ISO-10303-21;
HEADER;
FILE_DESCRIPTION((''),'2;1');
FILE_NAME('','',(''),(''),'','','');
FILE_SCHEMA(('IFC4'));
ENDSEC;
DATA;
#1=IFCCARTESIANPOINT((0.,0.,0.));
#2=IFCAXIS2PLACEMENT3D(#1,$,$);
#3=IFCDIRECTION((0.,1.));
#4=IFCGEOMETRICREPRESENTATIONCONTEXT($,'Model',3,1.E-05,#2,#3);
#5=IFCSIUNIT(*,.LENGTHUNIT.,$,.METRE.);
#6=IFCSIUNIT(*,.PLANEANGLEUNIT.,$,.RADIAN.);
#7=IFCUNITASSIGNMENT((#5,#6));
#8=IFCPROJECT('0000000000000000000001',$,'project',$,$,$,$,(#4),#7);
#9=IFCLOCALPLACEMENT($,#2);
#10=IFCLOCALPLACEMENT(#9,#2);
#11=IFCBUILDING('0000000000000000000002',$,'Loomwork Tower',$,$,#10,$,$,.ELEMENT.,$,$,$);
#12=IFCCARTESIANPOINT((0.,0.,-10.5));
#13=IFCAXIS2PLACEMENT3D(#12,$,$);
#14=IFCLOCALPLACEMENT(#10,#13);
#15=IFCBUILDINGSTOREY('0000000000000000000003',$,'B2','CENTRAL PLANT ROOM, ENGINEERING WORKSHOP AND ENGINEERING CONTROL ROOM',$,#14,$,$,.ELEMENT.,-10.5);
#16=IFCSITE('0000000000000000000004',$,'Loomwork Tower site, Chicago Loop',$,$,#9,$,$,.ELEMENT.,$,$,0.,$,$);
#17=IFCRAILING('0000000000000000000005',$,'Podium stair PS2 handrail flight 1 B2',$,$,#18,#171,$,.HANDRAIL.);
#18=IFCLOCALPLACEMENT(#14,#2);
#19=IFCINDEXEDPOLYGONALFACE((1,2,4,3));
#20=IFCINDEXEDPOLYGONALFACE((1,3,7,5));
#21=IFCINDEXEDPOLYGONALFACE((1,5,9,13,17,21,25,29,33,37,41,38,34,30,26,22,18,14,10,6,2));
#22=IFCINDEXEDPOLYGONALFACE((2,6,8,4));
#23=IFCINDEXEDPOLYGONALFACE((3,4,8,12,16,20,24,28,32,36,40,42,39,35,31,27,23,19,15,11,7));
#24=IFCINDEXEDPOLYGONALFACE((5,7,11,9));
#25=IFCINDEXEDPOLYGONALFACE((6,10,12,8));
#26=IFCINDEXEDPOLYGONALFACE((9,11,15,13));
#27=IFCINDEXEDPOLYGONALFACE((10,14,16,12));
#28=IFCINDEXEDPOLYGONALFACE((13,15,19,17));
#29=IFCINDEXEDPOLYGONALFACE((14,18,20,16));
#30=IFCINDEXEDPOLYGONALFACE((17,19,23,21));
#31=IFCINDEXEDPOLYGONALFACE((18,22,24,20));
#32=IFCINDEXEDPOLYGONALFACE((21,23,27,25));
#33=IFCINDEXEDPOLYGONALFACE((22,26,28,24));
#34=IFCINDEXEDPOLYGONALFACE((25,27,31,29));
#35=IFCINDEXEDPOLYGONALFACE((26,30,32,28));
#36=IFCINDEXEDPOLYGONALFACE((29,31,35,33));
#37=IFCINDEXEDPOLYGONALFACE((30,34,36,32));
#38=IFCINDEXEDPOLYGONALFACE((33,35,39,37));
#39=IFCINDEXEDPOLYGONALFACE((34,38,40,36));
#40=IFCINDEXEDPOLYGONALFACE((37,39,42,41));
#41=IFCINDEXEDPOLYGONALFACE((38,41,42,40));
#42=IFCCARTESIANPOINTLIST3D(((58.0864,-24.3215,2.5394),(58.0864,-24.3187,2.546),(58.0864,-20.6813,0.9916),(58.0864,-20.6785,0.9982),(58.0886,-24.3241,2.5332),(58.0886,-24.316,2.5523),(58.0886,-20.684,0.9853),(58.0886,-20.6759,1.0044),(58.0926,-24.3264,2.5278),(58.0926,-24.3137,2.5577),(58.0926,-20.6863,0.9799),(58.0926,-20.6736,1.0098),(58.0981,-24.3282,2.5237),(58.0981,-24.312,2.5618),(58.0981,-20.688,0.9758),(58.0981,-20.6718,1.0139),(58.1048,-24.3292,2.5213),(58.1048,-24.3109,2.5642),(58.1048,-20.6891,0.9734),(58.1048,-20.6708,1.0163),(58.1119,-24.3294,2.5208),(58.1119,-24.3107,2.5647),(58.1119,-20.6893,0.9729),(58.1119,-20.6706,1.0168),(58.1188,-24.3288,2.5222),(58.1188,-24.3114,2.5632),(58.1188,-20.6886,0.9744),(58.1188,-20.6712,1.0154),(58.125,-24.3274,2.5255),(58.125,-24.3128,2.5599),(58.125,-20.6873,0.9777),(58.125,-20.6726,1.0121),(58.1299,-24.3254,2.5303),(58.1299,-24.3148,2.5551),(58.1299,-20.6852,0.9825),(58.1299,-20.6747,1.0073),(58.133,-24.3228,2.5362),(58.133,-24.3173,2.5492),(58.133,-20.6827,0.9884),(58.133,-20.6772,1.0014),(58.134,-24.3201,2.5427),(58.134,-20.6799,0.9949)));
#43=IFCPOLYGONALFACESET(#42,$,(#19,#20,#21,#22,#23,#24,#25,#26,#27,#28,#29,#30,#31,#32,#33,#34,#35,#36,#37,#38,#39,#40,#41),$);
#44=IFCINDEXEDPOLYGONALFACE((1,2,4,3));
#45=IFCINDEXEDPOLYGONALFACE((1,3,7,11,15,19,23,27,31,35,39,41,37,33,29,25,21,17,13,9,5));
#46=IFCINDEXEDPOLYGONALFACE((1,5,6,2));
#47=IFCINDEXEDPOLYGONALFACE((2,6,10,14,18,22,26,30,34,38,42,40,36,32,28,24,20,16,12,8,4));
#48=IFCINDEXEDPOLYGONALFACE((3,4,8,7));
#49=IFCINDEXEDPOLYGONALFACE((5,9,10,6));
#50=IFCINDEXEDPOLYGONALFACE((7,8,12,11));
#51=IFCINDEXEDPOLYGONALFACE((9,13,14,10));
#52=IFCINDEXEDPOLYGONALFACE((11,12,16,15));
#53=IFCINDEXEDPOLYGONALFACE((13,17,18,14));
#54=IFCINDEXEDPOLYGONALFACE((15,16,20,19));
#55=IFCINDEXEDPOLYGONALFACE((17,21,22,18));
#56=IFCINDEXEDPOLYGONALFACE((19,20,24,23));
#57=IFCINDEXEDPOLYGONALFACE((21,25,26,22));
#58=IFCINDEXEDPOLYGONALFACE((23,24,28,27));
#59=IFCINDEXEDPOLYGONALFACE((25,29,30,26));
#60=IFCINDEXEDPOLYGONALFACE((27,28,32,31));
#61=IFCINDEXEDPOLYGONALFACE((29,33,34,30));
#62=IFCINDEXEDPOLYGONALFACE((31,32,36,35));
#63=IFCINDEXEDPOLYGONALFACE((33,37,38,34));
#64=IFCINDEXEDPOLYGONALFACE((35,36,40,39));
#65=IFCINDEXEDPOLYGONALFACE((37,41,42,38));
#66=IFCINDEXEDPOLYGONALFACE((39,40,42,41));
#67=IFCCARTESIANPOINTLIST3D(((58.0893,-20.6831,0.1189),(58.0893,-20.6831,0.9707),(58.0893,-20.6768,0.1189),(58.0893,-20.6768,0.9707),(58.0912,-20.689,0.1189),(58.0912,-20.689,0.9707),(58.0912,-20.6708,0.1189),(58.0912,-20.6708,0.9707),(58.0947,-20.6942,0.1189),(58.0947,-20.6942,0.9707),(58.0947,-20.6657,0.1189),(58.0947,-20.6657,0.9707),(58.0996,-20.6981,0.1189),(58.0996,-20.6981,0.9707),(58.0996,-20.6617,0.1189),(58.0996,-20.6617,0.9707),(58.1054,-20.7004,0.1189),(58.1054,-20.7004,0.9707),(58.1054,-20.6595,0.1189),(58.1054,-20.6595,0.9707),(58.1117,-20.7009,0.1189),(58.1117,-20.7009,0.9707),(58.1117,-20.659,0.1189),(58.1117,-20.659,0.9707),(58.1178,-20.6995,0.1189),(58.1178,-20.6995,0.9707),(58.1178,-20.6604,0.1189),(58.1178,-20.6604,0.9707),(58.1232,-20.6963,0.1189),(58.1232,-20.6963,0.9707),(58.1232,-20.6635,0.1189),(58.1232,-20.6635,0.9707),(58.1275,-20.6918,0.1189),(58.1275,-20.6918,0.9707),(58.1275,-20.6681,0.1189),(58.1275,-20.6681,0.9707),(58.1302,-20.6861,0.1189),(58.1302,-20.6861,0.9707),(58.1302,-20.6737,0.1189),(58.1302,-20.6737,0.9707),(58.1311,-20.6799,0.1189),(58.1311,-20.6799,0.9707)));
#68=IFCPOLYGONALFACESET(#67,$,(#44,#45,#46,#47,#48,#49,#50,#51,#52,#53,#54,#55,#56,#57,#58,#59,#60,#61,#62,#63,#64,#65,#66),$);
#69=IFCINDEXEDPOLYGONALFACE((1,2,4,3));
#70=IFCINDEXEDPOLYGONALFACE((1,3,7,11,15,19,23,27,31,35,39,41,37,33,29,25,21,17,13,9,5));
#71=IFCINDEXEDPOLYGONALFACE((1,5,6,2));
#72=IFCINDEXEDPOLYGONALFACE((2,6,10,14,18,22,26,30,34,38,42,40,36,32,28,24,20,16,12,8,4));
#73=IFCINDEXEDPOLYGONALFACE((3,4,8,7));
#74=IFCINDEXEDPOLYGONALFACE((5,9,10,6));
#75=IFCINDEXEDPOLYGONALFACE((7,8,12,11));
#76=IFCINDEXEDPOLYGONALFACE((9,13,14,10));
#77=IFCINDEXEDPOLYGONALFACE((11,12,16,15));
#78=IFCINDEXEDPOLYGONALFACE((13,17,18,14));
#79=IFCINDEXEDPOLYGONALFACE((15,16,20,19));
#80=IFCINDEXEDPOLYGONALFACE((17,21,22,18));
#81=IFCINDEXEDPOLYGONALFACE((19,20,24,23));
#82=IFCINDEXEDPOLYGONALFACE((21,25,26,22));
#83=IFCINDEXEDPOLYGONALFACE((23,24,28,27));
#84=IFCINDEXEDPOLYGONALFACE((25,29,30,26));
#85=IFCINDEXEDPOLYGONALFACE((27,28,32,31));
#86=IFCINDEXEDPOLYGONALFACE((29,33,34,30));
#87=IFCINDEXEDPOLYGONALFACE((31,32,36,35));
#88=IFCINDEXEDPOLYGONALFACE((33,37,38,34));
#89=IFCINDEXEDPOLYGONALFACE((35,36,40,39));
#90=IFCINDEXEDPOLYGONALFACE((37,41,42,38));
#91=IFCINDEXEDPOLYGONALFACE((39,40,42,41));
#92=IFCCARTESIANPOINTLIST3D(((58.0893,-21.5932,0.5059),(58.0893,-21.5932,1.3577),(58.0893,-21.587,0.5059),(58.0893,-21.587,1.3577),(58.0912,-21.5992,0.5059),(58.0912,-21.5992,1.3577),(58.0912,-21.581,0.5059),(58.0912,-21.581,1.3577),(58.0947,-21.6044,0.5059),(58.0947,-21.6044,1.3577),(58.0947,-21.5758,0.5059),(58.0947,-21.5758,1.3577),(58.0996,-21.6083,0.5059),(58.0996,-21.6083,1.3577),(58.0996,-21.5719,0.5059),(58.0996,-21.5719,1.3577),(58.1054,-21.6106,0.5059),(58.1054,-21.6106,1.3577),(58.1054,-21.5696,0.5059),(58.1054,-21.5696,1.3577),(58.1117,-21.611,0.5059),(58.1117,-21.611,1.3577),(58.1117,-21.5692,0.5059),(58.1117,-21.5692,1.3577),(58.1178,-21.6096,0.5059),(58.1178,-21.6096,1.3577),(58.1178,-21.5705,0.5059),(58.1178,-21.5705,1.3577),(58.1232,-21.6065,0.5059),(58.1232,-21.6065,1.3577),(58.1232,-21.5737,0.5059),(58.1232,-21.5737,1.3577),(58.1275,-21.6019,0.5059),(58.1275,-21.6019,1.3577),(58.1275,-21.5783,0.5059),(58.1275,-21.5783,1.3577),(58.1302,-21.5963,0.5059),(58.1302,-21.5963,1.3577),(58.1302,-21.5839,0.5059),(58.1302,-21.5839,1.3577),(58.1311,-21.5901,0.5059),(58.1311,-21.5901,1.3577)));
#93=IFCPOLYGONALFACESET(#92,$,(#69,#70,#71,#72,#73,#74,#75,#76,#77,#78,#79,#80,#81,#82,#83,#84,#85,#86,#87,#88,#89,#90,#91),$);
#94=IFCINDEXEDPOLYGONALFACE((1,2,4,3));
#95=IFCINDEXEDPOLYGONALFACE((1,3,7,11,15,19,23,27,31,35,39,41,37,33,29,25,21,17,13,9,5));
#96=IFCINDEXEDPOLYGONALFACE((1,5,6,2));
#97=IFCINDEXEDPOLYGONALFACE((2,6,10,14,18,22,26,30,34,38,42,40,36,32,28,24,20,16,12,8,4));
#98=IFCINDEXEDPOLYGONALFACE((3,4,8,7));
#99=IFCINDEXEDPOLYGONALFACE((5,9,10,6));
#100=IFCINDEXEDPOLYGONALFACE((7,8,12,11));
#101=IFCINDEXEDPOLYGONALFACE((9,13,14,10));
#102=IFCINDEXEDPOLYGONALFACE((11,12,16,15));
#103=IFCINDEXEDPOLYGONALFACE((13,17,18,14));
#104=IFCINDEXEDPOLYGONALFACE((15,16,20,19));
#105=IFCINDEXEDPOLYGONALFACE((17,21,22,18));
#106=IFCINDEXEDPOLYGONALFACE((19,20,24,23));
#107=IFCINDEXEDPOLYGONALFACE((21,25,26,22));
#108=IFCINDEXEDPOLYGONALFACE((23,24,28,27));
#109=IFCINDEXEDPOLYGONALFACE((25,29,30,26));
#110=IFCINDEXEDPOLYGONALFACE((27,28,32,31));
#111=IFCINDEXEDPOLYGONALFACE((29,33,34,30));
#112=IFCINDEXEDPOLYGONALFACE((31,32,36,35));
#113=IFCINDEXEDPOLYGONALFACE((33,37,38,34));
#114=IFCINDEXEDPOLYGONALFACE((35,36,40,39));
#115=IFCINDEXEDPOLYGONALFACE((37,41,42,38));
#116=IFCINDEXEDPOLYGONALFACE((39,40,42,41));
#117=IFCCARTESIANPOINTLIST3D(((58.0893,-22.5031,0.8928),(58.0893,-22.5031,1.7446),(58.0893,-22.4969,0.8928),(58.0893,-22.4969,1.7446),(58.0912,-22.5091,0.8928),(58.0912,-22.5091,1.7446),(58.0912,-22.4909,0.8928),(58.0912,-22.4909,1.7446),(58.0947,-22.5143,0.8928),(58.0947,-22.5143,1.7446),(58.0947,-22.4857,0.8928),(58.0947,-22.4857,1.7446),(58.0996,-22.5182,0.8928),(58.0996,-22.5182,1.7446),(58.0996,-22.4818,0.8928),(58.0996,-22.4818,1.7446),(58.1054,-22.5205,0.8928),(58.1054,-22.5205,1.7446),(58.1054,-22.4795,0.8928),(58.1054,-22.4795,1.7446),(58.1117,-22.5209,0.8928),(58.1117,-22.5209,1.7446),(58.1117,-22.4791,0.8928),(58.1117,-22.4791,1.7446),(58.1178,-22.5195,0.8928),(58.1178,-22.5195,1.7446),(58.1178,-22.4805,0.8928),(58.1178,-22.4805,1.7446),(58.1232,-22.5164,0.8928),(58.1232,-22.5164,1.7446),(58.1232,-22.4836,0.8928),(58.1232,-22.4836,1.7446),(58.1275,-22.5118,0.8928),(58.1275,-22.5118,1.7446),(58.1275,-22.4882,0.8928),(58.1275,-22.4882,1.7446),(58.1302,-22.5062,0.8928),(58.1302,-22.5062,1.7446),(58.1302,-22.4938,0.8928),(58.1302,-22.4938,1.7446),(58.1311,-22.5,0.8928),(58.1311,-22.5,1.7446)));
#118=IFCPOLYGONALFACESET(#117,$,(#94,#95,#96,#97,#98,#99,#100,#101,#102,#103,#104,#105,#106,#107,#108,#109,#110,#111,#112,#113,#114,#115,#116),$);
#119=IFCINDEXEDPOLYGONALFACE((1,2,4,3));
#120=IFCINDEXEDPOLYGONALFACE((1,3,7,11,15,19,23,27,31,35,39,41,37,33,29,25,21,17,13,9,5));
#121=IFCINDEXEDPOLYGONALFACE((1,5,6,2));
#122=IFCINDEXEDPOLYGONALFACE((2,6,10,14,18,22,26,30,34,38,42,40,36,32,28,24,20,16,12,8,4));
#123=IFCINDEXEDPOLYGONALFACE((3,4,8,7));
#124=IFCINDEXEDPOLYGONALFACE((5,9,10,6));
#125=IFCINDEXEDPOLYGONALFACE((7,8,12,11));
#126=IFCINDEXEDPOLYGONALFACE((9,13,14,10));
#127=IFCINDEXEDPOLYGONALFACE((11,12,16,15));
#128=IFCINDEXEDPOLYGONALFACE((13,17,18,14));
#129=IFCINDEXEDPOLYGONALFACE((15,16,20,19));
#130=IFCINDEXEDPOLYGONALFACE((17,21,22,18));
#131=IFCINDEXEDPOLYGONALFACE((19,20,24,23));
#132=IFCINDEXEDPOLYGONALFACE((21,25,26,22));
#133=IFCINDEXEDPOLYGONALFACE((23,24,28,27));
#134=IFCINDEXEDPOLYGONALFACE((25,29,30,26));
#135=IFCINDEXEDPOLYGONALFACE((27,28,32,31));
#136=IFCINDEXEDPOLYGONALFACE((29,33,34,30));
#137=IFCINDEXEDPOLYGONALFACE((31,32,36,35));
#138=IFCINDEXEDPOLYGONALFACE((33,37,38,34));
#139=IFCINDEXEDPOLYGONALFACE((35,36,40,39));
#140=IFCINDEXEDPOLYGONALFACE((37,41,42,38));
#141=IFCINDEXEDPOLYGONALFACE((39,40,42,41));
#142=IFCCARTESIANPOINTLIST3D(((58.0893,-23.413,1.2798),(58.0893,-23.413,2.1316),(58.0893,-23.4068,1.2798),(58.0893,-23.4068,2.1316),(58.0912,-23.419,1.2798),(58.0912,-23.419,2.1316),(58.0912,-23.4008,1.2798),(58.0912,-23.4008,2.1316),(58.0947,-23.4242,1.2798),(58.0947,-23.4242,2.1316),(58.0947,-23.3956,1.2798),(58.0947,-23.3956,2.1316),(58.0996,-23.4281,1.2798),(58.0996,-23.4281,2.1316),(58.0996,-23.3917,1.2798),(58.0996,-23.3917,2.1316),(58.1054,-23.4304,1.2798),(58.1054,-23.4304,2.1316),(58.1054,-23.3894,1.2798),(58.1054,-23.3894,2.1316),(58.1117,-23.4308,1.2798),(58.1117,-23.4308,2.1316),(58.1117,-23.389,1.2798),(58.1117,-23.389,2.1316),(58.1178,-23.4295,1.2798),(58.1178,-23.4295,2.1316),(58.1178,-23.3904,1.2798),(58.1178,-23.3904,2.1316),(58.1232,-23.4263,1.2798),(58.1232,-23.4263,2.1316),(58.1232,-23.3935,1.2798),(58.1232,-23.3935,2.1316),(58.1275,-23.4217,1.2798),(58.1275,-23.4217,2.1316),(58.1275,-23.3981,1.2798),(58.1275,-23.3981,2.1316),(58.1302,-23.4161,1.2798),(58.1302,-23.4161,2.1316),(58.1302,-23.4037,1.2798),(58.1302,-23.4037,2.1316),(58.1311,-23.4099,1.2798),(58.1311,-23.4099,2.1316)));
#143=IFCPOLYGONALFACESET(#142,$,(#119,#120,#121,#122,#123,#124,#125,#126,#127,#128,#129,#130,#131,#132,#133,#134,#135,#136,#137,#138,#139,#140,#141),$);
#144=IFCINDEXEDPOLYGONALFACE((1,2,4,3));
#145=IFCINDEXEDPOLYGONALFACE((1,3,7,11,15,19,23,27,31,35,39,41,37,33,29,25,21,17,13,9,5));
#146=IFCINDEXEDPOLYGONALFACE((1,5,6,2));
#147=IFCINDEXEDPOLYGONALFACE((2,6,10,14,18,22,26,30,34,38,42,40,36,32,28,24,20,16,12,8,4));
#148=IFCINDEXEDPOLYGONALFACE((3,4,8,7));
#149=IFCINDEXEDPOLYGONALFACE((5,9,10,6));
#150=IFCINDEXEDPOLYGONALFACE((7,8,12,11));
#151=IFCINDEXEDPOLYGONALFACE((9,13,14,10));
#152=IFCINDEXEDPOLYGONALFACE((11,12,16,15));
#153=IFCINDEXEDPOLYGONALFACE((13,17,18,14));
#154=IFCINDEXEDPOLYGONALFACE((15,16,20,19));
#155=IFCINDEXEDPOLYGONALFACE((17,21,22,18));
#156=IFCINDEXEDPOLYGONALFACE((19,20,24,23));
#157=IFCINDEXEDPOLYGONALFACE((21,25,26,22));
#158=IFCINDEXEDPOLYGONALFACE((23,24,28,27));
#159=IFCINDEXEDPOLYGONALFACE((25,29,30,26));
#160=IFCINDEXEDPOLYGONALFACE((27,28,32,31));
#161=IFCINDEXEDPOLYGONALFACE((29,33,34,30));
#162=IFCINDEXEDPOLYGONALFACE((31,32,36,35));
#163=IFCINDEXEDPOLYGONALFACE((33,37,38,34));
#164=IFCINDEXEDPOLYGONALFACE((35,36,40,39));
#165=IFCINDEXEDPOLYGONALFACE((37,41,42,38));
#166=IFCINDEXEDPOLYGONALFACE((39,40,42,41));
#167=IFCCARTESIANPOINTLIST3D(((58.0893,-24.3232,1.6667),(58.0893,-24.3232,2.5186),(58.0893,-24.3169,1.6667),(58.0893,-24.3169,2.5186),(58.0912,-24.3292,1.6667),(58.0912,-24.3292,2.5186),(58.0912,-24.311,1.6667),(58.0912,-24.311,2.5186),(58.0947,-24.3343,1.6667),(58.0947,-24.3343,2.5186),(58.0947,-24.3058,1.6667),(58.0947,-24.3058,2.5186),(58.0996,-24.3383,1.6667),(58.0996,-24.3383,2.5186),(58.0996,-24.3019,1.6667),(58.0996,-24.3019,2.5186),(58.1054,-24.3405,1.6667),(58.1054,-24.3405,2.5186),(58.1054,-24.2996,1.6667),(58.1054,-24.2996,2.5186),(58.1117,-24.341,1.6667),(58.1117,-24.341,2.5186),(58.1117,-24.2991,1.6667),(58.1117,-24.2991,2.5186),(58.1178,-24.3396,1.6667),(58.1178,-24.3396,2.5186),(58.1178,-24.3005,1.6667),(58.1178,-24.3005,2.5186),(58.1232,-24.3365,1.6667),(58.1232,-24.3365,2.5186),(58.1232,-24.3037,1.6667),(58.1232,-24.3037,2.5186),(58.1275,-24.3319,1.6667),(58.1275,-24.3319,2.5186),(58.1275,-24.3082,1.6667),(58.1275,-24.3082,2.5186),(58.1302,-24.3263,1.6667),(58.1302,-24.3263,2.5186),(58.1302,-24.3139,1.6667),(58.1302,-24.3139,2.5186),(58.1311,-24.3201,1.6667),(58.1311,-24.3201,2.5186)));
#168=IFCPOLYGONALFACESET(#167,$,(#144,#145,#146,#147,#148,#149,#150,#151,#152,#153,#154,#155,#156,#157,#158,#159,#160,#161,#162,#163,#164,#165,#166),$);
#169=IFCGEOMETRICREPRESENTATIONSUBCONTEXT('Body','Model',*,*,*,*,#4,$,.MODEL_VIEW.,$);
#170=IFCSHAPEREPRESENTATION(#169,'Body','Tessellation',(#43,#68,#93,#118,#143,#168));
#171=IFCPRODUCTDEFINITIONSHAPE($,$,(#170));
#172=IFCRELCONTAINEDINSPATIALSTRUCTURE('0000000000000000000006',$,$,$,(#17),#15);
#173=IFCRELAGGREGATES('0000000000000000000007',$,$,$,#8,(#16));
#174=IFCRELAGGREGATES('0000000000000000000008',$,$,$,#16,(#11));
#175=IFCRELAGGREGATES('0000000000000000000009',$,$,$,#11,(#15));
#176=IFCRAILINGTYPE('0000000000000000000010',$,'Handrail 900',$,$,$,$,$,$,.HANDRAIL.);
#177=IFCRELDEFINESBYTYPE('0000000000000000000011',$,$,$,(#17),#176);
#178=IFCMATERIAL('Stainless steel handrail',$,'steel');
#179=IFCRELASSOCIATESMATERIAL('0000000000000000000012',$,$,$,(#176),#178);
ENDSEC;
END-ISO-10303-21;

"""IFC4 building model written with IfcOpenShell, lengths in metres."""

from ifc_helpers import new_model, si_unit, direction, frame, origin, origin_2d, place, context, subcontext, project, spatial, circle, extrude, material, type_object, element, save


model = new_model("IFC4")

# Units and contexts
model_context = context("Model", 3, precision=1e-05, world=origin(), true_north=direction((0.0, 1.0)))
body_context = subcontext(model_context, "Body", "Model", "MODEL_VIEW")
ifc_project = project(units=[si_unit("LENGTHUNIT", "METRE"), si_unit("PLANEANGLEUNIT", "RADIAN")], contexts=[model_context])

# Site, building, storey
site_placement = place(None, origin())
site = spatial("IfcSite", under=ifc_project, at=site_placement, Name="Loomwork Tower site, Chicago Loop", CompositionType="ELEMENT", RefElevation=0.0)
building_placement = place(site_placement, origin())
building = spatial("IfcBuilding", under=site, at=building_placement, Name="Loomwork Tower", CompositionType="ELEMENT")
storey_placement = place(building_placement, frame((0.0, 0.0, -10.5)))
storey = spatial("IfcBuildingStorey", under=building, at=storey_placement, Name="B2", Description="CENTRAL PLANT ROOM, ENGINEERING WORKSHOP AND ENGINEERING CONTROL ROOM", CompositionType="ELEMENT", Elevation=-10.5)

# Railing
ifc_material_1 = material(Name="Stainless steel handrail", Category="steel")
railing_type = type_object("IfcRailingType", Name="Handrail 900", PredefinedType="HANDRAIL", material=ifc_material_1)
railing_1_placement = place(storey_placement, frame((58.1101, -20.6799, 0.1189)))
element("IfcRailing", 1, at=railing_1_placement, inside=storey, type_object=railing_type, Name="Podium stair PS2 handrail flight 1 B2", PredefinedType="HANDRAIL", context=body_context, shape_type="SweptSolid", body=[
    extrude(circle(Radius=0.0239, at=origin_2d()), frame((0.0, 0.0, 0.876), z_axis=(0.0, -0.920259, 0.391311), x_axis=(1.0, 0.0, 0.0)), (0.0, 0.0, 1.0), 3.9556),
    extrude(circle(Radius=0.021, at=origin_2d()), origin(), (0.0, 0.0, 1.0), 0.8518),
    extrude(circle(Radius=0.021, at=origin_2d()), frame((0.0, -0.9102, 0.387)), (0.0, 0.0, 1.0), 0.8518),
    extrude(circle(Radius=0.021, at=origin_2d()), frame((0.0, -1.8201, 0.7739)), (0.0, 0.0, 1.0), 0.8518),
    extrude(circle(Radius=0.021, at=origin_2d()), frame((0.0, -2.73, 1.1609)), (0.0, 0.0, 1.0), 0.8518),
    extrude(circle(Radius=0.021, at=origin_2d()), frame((0.0, -3.6401, 1.5479)), (0.0, 0.0, 1.0), 0.8518),
])

save(model, "model.ifc")
